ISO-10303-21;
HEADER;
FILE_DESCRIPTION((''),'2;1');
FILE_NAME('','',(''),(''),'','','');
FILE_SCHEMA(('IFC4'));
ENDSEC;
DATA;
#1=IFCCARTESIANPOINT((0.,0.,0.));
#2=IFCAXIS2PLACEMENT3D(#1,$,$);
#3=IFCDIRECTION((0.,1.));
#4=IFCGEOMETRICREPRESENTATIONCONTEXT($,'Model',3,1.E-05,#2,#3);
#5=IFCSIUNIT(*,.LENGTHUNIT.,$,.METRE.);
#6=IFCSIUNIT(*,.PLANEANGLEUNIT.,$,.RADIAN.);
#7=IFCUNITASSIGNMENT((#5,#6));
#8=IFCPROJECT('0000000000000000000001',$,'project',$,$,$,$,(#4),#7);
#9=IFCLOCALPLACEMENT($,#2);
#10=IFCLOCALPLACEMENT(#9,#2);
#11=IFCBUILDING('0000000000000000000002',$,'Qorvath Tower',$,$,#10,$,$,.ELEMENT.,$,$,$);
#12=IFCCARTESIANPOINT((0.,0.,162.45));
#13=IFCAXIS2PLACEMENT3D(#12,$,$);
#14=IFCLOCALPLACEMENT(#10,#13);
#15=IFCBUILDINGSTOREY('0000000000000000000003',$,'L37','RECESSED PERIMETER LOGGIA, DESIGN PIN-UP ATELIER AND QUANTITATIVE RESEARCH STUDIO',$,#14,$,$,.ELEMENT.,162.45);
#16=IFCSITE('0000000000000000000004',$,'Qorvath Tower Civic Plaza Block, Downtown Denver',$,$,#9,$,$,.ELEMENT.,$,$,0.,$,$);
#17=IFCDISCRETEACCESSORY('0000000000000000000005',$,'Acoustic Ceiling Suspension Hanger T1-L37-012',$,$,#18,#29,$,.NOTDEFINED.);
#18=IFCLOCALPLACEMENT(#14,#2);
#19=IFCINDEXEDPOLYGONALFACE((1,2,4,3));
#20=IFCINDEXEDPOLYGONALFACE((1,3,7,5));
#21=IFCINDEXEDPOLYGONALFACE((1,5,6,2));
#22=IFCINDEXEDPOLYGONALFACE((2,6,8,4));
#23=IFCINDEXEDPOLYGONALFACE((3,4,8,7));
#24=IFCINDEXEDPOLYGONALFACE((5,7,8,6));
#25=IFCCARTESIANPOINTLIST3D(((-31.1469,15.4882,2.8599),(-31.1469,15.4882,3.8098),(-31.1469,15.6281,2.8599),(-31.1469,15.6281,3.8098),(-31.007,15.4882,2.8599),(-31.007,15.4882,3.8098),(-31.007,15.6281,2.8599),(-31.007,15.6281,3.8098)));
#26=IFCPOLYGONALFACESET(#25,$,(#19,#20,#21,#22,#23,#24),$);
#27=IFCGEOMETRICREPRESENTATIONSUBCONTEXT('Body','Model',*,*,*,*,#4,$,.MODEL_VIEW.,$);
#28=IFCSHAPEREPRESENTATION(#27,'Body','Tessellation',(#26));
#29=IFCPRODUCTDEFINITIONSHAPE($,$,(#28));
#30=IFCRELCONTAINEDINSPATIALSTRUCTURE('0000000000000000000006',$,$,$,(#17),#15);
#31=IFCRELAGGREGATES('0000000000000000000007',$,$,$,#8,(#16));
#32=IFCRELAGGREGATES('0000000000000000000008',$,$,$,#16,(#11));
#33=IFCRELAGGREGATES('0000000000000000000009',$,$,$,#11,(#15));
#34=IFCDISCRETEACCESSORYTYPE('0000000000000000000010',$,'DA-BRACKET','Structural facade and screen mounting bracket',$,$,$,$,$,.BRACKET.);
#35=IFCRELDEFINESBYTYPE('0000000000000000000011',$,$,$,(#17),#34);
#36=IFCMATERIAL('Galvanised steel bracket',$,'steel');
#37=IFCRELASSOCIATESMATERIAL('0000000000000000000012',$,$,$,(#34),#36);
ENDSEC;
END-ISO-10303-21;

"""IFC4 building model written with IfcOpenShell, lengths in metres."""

from ifc_helpers import new_model, si_unit, direction, frame, origin, origin_2d, place, context, subcontext, project, spatial, rectangle, extrude, material, type_object, element, save


model = new_model("IFC4")

# Units and contexts
model_context = context("Model", 3, precision=1e-05, world=origin(), true_north=direction((0.0, 1.0)))
body_context = subcontext(model_context, "Body", "Model", "MODEL_VIEW")
ifc_project = project(units=[si_unit("LENGTHUNIT", "METRE"), si_unit("PLANEANGLEUNIT", "RADIAN")], contexts=[model_context])

# Site, building, storey
site_placement = place(None, origin())
site = spatial("IfcSite", under=ifc_project, at=site_placement, Name="Qorvath Tower Civic Plaza Block, Downtown Denver", CompositionType="ELEMENT", RefElevation=0.0)
building_placement = place(site_placement, origin())
building = spatial("IfcBuilding", under=site, at=building_placement, Name="Qorvath Tower", CompositionType="ELEMENT")
storey_placement = place(building_placement, frame((0.0, 0.0, 162.45)))
storey = spatial("IfcBuildingStorey", under=building, at=storey_placement, Name="L37", Description="RECESSED PERIMETER LOGGIA, DESIGN PIN-UP ATELIER AND QUANTITATIVE RESEARCH STUDIO", CompositionType="ELEMENT", Elevation=162.45)

# Discrete accessory
ifc_material_1 = material(Name="Galvanised steel bracket", Category="steel")
discrete_accessory_type = type_object("IfcDiscreteAccessoryType", Name="DA-BRACKET", Description="Structural facade and screen mounting bracket", PredefinedType="BRACKET", material=ifc_material_1)
for number, where, z_axis, x_axis, name in (
    (1, (-31.0769, 15.5581, 2.8599), (0.0, 0.0, 1.0), (1.0, 0.0, 0.0), "Acoustic Ceiling Suspension Hanger T1-L37-012"),
):
    element("IfcDiscreteAccessory", number, at=place(storey_placement, frame(where, z_axis=z_axis, x_axis=x_axis)), inside=storey, type_object=discrete_accessory_type, Name=name, PredefinedType="NOTDEFINED", context=body_context, shape_type="SweptSolid", body=[
        extrude(rectangle(XDim=0.1399, YDim=0.1399, at=origin_2d()), origin(), (0.0, 0.0, 1.0), 0.95),
    ])

save(model, "model.ifc")
